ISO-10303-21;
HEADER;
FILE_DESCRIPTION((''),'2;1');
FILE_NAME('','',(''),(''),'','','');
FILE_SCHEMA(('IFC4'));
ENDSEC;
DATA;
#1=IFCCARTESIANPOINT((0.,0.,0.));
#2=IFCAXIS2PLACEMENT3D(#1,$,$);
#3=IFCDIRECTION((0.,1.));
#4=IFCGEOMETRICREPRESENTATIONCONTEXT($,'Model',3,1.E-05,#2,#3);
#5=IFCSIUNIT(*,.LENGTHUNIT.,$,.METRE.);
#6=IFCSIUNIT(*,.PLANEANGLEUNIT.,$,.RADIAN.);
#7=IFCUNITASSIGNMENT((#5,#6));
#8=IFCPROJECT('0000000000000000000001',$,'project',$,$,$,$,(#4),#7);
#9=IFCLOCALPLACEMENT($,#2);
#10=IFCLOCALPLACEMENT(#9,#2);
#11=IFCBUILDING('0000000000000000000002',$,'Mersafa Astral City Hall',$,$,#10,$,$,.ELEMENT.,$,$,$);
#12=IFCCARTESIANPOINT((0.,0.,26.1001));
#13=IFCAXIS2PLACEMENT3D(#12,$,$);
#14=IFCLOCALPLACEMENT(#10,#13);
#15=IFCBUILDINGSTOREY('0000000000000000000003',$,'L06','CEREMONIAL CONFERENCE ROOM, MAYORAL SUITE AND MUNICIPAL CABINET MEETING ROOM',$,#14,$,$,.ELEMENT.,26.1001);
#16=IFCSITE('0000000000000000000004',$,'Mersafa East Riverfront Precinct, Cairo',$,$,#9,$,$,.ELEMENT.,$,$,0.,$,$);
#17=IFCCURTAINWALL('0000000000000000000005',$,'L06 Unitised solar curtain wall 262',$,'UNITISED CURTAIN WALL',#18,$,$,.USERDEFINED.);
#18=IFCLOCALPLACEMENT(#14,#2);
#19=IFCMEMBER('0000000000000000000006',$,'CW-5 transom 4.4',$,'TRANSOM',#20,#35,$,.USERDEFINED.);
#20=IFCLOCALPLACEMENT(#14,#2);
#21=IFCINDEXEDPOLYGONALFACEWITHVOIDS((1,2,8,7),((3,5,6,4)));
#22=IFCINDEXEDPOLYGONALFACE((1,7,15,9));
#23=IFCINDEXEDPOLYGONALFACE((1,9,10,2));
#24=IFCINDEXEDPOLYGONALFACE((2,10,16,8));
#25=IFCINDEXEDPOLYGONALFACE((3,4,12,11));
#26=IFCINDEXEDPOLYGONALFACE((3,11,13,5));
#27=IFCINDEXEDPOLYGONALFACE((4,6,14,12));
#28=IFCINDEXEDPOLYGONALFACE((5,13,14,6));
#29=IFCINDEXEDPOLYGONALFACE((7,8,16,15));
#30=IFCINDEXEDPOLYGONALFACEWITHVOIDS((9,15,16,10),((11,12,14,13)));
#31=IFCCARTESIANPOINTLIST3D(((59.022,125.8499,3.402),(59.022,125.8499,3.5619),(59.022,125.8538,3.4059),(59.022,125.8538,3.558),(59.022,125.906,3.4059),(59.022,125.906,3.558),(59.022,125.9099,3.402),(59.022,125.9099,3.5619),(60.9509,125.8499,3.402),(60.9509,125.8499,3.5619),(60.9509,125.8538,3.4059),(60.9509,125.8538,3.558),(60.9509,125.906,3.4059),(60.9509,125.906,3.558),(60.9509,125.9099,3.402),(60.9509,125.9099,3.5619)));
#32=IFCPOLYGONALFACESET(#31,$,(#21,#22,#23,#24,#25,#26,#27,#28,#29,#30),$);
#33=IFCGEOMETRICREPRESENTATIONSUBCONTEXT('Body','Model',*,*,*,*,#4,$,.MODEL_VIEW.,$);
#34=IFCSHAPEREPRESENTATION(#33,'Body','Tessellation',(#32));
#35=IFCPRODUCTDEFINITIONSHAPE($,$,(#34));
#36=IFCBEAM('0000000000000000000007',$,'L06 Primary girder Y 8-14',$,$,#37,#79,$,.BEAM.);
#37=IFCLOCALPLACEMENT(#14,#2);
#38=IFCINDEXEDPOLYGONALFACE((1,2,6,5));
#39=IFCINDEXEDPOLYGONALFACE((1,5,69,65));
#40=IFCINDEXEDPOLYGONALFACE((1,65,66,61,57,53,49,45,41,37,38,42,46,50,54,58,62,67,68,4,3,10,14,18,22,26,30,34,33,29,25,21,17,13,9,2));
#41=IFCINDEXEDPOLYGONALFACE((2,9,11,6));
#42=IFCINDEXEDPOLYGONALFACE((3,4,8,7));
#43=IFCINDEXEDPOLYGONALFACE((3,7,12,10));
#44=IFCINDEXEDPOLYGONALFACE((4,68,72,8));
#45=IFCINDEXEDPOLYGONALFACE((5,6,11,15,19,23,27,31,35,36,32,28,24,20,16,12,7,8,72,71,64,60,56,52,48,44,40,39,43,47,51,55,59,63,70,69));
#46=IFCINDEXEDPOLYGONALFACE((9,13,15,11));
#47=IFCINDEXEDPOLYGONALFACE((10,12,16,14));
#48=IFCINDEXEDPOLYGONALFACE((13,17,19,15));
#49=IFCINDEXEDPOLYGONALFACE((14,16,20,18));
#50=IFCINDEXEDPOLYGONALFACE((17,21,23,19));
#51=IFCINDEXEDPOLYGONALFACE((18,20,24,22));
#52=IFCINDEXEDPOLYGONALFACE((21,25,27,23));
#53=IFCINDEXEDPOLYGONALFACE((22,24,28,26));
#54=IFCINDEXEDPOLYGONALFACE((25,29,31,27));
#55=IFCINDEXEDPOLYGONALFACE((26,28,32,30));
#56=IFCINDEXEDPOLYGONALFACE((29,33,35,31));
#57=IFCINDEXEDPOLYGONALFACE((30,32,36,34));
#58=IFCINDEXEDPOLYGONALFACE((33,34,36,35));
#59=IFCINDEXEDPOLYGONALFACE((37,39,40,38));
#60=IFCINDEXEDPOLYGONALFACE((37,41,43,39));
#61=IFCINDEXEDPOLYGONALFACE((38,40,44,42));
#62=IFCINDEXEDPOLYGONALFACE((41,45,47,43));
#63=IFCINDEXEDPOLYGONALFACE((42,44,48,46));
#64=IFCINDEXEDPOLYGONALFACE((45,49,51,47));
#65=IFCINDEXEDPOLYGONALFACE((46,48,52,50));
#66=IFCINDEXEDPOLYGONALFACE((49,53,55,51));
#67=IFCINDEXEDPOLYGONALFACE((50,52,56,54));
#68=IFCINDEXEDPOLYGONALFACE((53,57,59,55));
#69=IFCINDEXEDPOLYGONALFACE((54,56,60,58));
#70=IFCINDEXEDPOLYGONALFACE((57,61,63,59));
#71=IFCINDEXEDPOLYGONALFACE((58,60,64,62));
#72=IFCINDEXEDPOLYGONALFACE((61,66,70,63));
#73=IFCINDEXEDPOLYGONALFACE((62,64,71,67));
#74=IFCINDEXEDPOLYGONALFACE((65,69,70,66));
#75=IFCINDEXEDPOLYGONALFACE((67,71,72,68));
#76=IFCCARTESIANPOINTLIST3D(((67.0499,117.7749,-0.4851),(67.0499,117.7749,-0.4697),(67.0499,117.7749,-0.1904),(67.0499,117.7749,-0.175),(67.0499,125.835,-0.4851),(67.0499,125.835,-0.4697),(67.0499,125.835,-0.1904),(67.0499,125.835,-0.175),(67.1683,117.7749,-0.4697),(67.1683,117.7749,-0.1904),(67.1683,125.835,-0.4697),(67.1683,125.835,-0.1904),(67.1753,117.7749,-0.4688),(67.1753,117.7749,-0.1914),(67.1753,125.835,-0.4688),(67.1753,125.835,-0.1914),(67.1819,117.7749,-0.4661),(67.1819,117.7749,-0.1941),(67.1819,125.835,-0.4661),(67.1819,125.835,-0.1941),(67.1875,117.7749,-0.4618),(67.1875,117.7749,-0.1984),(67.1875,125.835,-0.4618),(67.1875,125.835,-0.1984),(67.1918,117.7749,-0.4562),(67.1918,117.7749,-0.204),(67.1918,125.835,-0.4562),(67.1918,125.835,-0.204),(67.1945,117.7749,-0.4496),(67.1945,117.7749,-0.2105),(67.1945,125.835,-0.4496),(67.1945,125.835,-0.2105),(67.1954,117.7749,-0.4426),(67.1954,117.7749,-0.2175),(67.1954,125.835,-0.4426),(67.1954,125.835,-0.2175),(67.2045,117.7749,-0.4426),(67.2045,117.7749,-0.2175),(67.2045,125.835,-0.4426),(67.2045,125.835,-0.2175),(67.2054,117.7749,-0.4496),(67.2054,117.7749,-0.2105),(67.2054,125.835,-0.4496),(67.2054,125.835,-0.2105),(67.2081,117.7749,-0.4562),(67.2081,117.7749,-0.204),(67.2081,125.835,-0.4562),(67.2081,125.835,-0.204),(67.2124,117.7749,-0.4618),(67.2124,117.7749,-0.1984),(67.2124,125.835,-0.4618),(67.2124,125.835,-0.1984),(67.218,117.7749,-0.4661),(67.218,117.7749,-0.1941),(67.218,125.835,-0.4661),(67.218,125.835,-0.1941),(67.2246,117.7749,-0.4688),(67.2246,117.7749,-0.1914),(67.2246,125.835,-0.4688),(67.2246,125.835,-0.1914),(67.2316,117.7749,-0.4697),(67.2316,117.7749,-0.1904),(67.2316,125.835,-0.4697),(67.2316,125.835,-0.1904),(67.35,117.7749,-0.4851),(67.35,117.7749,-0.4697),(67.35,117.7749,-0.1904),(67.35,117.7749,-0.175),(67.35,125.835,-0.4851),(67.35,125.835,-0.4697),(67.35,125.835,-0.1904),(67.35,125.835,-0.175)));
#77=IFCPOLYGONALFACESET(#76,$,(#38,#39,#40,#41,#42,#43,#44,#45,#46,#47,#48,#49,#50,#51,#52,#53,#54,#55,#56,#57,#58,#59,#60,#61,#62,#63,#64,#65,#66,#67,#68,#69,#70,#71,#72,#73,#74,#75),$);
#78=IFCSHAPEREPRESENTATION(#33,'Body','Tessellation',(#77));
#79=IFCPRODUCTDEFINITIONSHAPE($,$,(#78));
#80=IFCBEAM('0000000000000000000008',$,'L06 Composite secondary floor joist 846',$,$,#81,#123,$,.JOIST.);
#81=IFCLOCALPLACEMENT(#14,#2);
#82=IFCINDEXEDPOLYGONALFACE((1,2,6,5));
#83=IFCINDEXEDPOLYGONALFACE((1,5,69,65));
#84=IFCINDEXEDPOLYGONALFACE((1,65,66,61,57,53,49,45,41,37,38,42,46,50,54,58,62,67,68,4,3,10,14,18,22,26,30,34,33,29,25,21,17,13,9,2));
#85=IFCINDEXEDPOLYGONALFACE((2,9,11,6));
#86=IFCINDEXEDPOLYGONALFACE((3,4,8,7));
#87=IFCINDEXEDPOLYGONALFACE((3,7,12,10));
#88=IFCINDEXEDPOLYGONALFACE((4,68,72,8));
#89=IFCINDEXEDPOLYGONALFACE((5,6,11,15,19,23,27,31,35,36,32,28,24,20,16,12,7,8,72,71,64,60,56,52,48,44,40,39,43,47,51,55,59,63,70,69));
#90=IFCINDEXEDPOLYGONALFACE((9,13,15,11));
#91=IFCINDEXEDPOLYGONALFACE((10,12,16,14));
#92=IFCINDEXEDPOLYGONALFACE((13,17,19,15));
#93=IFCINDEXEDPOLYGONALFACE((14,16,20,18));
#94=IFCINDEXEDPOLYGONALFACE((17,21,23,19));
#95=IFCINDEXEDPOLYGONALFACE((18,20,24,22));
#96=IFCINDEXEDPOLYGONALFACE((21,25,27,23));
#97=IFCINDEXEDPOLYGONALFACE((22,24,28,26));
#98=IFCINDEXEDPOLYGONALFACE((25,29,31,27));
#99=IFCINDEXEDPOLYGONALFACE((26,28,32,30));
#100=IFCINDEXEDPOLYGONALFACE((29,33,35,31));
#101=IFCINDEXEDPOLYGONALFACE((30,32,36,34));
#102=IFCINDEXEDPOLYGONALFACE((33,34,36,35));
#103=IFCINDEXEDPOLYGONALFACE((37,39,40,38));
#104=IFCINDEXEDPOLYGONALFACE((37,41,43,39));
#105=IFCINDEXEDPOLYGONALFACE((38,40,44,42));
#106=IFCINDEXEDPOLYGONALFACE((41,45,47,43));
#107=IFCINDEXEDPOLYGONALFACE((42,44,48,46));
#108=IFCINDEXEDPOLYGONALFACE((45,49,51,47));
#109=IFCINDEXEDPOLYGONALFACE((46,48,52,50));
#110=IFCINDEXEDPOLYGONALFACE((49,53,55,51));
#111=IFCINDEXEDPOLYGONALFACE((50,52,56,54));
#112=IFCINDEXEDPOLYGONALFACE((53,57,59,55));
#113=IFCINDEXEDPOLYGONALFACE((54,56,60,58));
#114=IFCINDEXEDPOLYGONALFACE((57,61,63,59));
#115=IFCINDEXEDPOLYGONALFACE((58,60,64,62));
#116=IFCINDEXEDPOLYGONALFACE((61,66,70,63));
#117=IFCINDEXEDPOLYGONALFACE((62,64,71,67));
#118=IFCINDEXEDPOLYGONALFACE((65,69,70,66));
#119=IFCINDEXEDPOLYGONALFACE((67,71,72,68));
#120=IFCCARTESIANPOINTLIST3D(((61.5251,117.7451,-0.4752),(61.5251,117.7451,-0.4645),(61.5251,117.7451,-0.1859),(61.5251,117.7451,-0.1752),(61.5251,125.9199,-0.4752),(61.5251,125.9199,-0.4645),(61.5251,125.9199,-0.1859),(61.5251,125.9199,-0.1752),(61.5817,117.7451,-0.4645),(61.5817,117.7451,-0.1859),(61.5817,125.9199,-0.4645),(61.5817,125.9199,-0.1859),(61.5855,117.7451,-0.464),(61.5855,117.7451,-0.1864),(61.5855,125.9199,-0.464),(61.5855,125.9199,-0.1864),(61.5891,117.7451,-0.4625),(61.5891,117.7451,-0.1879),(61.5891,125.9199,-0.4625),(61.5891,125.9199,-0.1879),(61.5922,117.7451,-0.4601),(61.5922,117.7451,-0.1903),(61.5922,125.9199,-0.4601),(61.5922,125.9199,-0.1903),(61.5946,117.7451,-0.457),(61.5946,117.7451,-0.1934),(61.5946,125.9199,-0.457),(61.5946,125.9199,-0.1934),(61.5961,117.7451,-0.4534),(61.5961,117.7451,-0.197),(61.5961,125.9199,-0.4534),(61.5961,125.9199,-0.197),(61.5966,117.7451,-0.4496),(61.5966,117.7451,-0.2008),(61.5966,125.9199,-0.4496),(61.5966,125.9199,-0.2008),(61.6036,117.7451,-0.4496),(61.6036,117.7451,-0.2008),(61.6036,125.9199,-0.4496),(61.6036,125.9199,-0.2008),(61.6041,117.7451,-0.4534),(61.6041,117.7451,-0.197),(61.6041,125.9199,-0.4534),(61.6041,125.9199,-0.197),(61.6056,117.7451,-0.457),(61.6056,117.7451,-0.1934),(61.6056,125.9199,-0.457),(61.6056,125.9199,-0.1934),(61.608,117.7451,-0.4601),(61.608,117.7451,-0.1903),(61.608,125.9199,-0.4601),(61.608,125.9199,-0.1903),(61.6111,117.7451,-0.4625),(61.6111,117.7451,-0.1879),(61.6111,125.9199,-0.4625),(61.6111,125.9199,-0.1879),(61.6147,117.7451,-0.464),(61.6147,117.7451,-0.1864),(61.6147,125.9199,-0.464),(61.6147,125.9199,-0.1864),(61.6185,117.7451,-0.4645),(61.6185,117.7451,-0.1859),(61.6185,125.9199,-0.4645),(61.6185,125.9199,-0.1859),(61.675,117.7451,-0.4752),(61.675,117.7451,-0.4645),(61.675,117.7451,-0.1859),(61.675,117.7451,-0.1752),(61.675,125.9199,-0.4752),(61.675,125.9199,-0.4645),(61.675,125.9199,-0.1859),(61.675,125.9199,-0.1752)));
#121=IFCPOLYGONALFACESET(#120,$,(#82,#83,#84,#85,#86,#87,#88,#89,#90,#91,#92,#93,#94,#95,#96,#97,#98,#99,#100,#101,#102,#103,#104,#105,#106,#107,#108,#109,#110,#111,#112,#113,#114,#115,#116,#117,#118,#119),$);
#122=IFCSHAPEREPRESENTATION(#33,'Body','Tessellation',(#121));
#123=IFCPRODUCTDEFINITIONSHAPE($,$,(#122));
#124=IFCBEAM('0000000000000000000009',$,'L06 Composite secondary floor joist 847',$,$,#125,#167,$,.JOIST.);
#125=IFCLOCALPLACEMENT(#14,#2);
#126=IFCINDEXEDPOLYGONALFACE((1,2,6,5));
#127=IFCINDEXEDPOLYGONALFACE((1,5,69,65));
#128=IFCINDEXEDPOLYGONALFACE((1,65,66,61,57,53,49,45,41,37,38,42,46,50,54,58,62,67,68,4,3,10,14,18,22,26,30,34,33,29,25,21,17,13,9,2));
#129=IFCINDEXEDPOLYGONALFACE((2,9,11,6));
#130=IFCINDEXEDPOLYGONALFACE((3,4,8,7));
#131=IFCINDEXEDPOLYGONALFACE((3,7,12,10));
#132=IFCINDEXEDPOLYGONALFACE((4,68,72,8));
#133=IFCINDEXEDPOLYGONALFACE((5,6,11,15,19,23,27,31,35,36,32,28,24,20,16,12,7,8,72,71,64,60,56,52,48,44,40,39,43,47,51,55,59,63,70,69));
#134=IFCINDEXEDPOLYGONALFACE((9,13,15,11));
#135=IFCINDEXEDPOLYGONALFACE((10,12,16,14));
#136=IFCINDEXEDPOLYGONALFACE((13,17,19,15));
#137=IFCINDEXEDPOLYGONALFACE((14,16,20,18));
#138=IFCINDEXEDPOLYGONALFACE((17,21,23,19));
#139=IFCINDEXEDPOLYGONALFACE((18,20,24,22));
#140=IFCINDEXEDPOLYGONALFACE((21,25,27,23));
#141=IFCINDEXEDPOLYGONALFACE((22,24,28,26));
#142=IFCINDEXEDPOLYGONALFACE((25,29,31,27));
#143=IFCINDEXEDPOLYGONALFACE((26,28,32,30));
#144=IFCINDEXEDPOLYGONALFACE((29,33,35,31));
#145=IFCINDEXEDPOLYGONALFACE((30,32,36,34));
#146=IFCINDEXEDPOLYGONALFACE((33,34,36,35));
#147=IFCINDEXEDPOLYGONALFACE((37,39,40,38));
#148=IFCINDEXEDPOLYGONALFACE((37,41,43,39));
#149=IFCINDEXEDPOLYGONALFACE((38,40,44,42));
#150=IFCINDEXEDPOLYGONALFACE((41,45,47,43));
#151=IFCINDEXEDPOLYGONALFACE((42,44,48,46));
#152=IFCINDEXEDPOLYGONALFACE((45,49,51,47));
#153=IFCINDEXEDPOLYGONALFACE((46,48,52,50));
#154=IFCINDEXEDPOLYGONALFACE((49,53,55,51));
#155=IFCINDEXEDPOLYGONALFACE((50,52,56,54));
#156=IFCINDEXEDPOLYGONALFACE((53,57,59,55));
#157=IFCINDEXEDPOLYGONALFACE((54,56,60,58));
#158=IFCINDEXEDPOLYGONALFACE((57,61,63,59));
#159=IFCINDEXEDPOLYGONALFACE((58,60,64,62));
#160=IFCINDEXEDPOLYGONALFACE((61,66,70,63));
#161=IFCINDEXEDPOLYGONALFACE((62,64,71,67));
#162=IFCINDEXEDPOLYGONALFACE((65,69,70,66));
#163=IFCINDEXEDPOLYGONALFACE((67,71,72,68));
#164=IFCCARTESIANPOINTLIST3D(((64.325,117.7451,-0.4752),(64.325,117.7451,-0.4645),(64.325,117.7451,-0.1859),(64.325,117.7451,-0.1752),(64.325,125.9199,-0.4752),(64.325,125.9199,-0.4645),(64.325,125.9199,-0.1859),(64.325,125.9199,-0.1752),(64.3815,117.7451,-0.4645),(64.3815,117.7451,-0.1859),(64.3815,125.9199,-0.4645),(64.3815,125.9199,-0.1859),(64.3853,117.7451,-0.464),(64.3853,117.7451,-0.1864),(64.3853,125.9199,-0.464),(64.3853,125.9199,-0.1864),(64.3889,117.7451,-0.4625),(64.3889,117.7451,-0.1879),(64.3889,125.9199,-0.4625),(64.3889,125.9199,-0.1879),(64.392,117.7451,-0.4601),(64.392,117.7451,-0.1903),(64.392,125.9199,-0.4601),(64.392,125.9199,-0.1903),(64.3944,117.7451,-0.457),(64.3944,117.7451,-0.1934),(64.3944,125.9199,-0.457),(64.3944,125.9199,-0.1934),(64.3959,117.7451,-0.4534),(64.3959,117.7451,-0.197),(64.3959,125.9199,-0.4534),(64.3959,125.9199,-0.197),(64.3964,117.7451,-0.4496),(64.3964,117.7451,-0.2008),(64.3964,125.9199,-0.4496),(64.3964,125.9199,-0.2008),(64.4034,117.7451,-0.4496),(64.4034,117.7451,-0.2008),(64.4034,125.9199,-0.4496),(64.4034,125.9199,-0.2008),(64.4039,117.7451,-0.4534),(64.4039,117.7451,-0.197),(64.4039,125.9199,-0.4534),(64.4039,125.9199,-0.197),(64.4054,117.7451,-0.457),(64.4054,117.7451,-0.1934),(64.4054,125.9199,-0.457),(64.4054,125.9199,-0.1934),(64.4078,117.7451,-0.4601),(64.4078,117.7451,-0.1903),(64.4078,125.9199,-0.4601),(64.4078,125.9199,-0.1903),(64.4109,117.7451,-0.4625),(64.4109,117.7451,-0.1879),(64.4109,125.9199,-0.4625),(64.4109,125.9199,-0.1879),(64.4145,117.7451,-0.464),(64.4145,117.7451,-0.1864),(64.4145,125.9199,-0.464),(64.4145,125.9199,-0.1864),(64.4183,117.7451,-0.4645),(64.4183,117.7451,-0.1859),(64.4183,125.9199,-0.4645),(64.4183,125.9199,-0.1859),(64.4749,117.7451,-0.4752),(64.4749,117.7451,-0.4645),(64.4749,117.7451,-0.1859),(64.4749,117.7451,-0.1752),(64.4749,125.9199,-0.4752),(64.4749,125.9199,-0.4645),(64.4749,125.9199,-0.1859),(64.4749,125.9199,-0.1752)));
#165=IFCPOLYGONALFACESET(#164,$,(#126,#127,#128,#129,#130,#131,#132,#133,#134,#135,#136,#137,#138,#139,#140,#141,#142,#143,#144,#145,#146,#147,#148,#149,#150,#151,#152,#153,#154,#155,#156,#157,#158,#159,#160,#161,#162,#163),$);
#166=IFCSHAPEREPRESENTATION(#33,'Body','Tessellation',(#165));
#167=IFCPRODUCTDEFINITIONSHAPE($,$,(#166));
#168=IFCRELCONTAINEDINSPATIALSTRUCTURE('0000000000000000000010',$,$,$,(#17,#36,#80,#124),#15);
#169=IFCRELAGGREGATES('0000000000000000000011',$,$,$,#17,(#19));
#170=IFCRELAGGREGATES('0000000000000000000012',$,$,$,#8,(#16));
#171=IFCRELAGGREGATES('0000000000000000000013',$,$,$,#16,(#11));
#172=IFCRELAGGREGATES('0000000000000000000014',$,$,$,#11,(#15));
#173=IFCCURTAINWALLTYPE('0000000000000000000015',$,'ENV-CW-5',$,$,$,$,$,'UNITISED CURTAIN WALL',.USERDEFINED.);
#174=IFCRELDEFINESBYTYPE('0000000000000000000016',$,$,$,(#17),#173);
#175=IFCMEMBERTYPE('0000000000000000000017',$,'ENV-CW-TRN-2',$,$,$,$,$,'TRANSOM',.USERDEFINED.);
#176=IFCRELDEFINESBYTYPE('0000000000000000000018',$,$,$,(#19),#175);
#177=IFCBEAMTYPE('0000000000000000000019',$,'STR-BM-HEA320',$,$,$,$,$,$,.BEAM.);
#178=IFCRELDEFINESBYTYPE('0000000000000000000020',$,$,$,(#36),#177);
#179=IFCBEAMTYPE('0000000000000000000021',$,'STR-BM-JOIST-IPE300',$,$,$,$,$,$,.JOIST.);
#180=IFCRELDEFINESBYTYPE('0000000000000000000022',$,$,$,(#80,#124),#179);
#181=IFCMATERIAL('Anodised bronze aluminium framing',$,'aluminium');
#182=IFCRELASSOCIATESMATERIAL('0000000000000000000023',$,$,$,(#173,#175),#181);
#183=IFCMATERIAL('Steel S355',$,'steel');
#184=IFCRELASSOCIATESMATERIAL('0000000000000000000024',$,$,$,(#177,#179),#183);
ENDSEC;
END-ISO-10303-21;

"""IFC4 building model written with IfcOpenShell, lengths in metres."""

from ifc_helpers import new_model, si_unit, direction, frame, origin, origin_2d, place, context, subcontext, project, spatial, hollow_rectangle, i_section, extrude, material, material_profile, profile_set, type_object, element, aggregate, save


model = new_model("IFC4")

# Units and contexts
model_context = context("Model", 3, precision=1e-05, world=origin(), true_north=direction((0.0, 1.0)))
body_context = subcontext(model_context, "Body", "Model", "MODEL_VIEW")
ifc_project = project(units=[si_unit("LENGTHUNIT", "METRE"), si_unit("PLANEANGLEUNIT", "RADIAN")], contexts=[model_context])

# Site, building, storey
site_placement = place(None, origin())
site = spatial("IfcSite", under=ifc_project, at=site_placement, Name="Mersafa East Riverfront Precinct, Cairo", CompositionType="ELEMENT", RefElevation=0.0)
building_placement = place(site_placement, origin())
building = spatial("IfcBuilding", under=site, at=building_placement, Name="Mersafa Astral City Hall", CompositionType="ELEMENT")
storey_placement = place(building_placement, frame((0.0, 0.0, 26.1001)))
storey = spatial("IfcBuildingStorey", under=building, at=storey_placement, Name="L06", Description="CEREMONIAL CONFERENCE ROOM, MAYORAL SUITE AND MUNICIPAL CABINET MEETING ROOM", CompositionType="ELEMENT", Elevation=26.1001)

# Shared definitions
ifc_material_1 = material(Name="Steel S355", Category="steel")

# Shared definitions
ifc_material_2 = material(Name="Anodised bronze aluminium framing", Category="aluminium")

# Curtain wall, member
curtain_wall_type_1 = type_object("IfcCurtainWallType", Name="ENV-CW-5", ElementType="UNITISED CURTAIN WALL", PredefinedType="USERDEFINED", material=ifc_material_2)
curtain_wall_1_placement = place(storey_placement, origin())
curtain_wall_1 = element("IfcCurtainWall", 1, at=curtain_wall_1_placement, inside=storey, type_object=curtain_wall_type_1, Name="L06 Unitised solar curtain wall 262", ObjectType="UNITISED CURTAIN WALL", PredefinedType="USERDEFINED")
ifc_material_profile_1 = material_profile(ifc_material_2, hollow_rectangle(XDim=0.0601, YDim=0.1599, WallThickness=0.0039, at=origin_2d()), Name="RHS 60x160x4")
ifc_profile_set_1 = profile_set([ifc_material_profile_1], Name="Anodised bronze aluminium framing")
member_type_1 = type_object("IfcMemberType", Name="ENV-CW-TRN-2", ElementType="TRANSOM", PredefinedType="USERDEFINED", material=ifc_profile_set_1)
member_1_placement = place(storey_placement, frame((60.9509, 125.8799, 3.4819), z_axis=(-1.0, 0.0, 0.0), x_axis=(0.0, -1.0, 0.0)))
member_1 = element("IfcMember", 2, at=member_1_placement, type_object=member_type_1, Name="CW-5 transom 4.4", ObjectType="TRANSOM", PredefinedType="USERDEFINED", context=body_context, shape_type="SweptSolid", body=[
    extrude(hollow_rectangle(XDim=0.0601, YDim=0.1599, WallThickness=0.0039, at=origin_2d()), origin(), (0.0, 0.0, 1.0), 1.929),
])

# Beams
ifc_material_profile_2 = material_profile(ifc_material_1, i_section(OverallWidth=0.3, OverallDepth=0.3101, WebThickness=0.009, FlangeThickness=0.0154, FilletRadius=0.0271, at=origin_2d()), Name="HEA 320")
ifc_profile_set_2 = profile_set([ifc_material_profile_2], Name="Steel S355")
beam_type_1 = type_object("IfcBeamType", Name="STR-BM-HEA320", PredefinedType="BEAM", material=ifc_profile_set_2)
beam_1_placement = place(storey_placement, frame((67.2, 117.7749, -0.3301), z_axis=(0.0, 1.0, 0.0), x_axis=(-1.0, 0.0, 0.0)))
element("IfcBeam", 3, at=beam_1_placement, inside=storey, type_object=beam_type_1, Name="L06 Primary girder Y 8-14", PredefinedType="BEAM", context=body_context, shape_type="SweptSolid", body=[
    extrude(i_section(OverallWidth=0.3, OverallDepth=0.3101, WebThickness=0.009, FlangeThickness=0.0154, FilletRadius=0.0271, at=origin_2d()), origin(), (0.0, 0.0, 1.0), 8.0601),
])
ifc_material_profile_3 = material_profile(ifc_material_1, i_section(OverallWidth=0.1499, OverallDepth=0.3, WebThickness=0.0071, FlangeThickness=0.0107, FilletRadius=0.0149, at=origin_2d()), Name="IPE 300")
ifc_profile_set_3 = profile_set([ifc_material_profile_3], Name="Steel S355")
beam_type_2 = type_object("IfcBeamType", Name="STR-BM-JOIST-IPE300", PredefinedType="JOIST", material=ifc_profile_set_3)
for number, where, z_axis, x_axis, name in (
    (4, (61.6001, 117.7451, -0.3252), (0.0, 1.0, 0.0), (-1.0, 0.0, 0.0), "L06 Composite secondary floor joist 846"),
    (5, (64.3999, 117.7451, -0.3252), (0.0, 1.0, 0.0), (-1.0, 0.0, 0.0), "L06 Composite secondary floor joist 847"),
):
    element("IfcBeam", number, at=place(storey_placement, frame(where, z_axis=z_axis, x_axis=x_axis)), inside=storey, type_object=beam_type_2, Name=name, PredefinedType="JOIST", context=body_context, shape_type="SweptSolid", body=[
        extrude(i_section(OverallWidth=0.1499, OverallDepth=0.3, WebThickness=0.0071, FlangeThickness=0.0107, FilletRadius=0.0149, at=origin_2d()), origin(), (0.0, 0.0, 1.0), 8.1748),
    ])

aggregate(curtain_wall_1, [member_1])

save(model, "model.ifc")
